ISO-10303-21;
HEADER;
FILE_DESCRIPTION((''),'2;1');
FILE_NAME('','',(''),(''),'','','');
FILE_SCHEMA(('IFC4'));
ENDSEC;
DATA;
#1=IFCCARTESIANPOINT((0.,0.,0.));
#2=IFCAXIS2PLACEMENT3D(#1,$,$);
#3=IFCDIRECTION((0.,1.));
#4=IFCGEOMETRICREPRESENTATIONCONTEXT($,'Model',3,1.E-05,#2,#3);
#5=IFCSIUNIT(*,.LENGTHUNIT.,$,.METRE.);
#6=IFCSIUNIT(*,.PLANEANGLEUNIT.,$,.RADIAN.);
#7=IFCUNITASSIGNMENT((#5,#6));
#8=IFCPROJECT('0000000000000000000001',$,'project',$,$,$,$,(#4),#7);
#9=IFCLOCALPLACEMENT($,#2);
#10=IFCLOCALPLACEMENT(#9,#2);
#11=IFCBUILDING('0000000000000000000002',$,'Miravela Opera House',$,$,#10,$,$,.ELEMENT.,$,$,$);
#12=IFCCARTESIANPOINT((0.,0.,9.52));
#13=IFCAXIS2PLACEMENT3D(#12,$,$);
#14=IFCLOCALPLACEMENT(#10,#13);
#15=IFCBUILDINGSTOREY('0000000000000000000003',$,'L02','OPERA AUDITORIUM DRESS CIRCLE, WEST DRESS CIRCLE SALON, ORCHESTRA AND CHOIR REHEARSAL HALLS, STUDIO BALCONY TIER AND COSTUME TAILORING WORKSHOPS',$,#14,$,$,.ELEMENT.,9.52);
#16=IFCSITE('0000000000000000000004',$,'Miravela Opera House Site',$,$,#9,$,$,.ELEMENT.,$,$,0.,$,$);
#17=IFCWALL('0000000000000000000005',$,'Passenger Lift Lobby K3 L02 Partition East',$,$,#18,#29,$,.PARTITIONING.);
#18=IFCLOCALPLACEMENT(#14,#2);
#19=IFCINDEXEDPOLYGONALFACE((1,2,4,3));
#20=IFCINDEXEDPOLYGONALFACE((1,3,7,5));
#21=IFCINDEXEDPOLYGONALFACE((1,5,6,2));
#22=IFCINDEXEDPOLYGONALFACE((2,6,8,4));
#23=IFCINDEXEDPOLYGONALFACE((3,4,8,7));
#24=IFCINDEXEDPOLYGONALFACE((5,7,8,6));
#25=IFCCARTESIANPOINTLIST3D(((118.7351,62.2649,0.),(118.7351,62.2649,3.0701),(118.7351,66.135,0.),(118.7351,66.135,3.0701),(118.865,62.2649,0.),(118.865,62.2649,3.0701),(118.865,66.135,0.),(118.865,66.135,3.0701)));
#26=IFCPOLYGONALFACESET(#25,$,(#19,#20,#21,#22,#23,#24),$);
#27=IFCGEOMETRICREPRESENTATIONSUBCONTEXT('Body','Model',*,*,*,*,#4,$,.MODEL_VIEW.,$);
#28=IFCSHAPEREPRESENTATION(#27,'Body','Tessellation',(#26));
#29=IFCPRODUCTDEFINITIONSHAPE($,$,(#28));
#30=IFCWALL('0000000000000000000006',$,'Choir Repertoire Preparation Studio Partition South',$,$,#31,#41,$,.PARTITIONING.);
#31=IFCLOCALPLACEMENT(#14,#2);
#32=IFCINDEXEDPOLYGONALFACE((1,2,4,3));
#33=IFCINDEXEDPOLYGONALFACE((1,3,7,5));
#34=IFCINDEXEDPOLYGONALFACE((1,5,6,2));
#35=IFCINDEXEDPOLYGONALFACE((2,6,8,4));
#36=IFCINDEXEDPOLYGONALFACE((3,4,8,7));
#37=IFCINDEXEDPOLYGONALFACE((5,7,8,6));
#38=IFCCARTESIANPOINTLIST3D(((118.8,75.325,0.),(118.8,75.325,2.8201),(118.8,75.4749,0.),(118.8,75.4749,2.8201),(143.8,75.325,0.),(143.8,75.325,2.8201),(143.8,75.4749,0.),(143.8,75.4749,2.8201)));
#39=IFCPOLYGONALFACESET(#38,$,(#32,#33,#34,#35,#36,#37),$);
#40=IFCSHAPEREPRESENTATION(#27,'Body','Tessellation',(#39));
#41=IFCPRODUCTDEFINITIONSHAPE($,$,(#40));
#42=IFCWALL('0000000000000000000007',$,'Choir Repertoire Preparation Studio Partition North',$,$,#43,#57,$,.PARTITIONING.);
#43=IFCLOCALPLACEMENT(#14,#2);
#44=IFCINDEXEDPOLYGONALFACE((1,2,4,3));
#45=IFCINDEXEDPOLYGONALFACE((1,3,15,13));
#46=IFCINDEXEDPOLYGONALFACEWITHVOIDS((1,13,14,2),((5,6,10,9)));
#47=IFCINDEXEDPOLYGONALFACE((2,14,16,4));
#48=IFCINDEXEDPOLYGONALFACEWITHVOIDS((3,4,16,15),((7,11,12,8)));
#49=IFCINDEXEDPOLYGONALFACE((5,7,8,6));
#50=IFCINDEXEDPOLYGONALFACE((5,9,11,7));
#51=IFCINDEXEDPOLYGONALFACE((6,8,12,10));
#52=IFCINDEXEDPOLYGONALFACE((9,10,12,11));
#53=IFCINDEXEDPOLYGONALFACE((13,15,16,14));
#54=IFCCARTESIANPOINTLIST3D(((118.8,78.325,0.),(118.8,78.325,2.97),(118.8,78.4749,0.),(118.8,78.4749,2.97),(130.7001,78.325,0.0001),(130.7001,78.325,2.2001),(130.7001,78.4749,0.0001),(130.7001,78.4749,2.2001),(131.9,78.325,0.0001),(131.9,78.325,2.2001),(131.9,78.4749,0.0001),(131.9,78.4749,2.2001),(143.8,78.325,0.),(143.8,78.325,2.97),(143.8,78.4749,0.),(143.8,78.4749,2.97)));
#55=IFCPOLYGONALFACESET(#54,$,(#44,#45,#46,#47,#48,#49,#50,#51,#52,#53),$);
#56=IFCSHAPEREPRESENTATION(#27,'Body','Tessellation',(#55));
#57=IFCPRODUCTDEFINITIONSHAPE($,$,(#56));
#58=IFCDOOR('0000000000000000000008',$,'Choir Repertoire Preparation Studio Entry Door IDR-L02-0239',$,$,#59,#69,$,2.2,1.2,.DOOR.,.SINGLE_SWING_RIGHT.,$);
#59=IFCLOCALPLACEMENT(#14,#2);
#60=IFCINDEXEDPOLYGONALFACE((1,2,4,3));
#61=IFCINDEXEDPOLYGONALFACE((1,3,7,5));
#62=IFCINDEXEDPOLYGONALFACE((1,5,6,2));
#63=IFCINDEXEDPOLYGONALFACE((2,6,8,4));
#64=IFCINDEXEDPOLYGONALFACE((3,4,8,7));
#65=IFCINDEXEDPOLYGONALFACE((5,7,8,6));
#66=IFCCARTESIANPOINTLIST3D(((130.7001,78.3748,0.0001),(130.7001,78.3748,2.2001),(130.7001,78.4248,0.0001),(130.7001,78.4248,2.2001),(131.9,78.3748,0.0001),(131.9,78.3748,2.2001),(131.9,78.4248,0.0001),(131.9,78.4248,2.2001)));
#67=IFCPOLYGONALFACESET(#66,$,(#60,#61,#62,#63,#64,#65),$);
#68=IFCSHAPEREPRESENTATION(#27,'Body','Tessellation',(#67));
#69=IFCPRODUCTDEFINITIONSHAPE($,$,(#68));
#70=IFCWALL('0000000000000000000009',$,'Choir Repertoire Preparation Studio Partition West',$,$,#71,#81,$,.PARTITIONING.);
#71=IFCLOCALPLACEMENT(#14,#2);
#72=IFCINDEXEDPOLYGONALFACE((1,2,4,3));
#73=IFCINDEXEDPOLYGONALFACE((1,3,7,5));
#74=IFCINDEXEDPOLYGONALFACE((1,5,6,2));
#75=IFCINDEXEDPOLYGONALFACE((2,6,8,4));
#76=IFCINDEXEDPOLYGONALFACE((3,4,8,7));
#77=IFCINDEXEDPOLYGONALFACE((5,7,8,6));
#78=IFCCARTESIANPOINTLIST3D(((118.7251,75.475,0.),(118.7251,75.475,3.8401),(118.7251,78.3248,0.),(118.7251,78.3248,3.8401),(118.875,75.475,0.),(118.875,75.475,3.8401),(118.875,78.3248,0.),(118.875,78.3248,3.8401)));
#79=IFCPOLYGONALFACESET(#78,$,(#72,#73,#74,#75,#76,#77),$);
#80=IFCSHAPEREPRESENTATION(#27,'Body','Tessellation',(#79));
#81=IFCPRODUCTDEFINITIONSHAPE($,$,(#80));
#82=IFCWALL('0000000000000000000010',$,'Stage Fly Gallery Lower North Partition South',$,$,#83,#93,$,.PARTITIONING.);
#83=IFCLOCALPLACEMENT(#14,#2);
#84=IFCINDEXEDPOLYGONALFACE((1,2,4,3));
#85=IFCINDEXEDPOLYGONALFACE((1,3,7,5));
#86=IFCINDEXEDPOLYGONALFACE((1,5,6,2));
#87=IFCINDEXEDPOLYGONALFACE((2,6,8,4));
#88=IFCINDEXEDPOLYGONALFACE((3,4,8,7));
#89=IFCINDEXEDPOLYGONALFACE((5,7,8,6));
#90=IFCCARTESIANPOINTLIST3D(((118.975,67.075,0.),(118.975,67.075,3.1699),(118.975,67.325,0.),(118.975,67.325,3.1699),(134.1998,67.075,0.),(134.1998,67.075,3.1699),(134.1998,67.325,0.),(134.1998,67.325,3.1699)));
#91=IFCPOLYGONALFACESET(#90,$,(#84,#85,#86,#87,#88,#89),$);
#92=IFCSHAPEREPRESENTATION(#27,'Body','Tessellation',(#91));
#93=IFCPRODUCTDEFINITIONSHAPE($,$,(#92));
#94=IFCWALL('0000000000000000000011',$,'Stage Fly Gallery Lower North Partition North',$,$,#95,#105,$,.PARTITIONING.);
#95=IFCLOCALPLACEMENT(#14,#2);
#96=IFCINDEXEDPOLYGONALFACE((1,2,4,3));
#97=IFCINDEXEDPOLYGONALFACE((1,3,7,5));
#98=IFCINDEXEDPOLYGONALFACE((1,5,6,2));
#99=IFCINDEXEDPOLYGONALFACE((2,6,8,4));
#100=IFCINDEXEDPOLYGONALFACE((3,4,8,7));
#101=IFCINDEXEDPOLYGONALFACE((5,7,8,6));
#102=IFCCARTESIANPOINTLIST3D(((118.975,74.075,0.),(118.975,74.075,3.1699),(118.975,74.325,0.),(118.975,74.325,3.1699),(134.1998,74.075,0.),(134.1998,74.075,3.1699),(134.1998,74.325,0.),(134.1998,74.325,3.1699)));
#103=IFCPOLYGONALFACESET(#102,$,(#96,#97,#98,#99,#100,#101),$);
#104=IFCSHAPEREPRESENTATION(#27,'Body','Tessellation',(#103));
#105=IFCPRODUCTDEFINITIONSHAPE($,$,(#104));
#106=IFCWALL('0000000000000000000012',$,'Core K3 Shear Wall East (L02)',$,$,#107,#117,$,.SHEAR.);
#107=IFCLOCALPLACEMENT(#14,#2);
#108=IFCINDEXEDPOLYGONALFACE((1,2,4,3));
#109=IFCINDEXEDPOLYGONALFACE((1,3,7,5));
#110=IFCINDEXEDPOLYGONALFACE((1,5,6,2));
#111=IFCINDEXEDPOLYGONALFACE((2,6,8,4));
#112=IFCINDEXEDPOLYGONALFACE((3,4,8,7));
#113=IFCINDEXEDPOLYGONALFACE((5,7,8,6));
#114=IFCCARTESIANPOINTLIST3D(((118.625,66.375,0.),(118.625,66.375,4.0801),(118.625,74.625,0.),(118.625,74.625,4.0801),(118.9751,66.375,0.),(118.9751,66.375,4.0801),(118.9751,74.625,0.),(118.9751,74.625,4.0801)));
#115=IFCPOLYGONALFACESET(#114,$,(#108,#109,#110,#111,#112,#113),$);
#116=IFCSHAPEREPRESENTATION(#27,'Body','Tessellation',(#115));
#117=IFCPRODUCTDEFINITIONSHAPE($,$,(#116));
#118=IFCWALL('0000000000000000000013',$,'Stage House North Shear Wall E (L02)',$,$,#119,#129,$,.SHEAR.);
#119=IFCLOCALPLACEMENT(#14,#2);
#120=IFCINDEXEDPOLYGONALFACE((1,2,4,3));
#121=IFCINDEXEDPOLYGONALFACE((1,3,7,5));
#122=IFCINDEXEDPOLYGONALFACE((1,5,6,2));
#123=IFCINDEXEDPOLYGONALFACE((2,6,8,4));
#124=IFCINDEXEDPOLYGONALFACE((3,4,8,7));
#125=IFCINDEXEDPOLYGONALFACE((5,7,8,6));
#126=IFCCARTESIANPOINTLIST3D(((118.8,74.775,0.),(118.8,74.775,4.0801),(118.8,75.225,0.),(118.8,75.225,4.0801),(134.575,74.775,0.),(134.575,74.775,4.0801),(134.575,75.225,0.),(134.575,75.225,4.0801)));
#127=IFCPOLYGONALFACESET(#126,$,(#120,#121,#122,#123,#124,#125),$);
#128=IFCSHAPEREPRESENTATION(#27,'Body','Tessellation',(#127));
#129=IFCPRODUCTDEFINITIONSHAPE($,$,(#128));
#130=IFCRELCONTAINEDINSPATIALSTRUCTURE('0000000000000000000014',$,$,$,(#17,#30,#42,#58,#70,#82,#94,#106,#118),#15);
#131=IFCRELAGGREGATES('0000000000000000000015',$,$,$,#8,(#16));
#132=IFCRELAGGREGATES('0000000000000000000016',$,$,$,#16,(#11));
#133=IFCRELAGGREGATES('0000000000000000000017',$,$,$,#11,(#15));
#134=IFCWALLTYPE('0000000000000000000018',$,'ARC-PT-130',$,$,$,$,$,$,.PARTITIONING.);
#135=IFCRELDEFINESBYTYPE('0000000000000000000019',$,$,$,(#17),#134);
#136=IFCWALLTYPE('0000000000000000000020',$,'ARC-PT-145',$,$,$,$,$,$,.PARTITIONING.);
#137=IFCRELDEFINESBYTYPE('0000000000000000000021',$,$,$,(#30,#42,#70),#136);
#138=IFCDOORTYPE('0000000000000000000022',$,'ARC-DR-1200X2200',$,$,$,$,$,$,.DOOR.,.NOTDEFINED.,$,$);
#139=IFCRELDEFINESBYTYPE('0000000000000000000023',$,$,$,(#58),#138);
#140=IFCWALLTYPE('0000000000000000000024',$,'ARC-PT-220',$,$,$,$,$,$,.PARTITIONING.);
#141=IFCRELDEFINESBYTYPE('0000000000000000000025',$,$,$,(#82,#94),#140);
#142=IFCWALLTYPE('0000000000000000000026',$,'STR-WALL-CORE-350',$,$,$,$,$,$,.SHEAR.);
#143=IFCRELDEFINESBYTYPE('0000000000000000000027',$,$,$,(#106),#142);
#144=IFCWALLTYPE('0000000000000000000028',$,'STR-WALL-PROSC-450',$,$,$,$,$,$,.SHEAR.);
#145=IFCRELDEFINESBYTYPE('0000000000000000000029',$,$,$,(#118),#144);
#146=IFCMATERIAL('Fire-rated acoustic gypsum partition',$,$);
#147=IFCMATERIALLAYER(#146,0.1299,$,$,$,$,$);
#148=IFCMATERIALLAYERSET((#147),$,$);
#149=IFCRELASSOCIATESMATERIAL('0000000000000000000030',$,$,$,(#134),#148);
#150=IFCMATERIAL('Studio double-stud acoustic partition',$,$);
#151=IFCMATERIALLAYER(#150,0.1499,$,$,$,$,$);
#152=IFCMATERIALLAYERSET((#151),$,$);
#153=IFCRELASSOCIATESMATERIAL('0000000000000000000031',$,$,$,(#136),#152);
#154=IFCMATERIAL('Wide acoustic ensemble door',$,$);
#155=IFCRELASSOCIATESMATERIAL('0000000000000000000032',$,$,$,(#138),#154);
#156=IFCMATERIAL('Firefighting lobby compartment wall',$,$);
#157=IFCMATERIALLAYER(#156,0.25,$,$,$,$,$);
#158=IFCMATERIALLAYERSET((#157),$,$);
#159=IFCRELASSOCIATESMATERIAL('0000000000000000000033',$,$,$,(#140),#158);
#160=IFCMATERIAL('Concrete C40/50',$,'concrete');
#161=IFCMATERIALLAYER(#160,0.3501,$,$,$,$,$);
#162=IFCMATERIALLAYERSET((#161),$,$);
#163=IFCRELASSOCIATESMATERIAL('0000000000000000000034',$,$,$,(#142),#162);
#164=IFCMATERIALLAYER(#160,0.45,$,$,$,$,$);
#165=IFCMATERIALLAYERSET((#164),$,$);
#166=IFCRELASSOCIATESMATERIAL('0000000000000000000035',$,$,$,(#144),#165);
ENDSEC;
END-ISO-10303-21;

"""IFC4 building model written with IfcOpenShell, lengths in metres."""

from ifc_helpers import new_model, si_unit, direction, frame, frame_2d, origin, place, context, subcontext, project, spatial, rectangle, extrude, material, layer, layer_set, type_object, element, fill, save


model = new_model("IFC4")

# Units and contexts
model_context = context("Model", 3, precision=1e-05, world=origin(), true_north=direction((0.0, 1.0)))
body_context = subcontext(model_context, "Body", "Model", "MODEL_VIEW")
ifc_project = project(units=[si_unit("LENGTHUNIT", "METRE"), si_unit("PLANEANGLEUNIT", "RADIAN")], contexts=[model_context])

# Site, building, storey
site_placement = place(None, origin())
site = spatial("IfcSite", under=ifc_project, at=site_placement, Name="Miravela Opera House Site", CompositionType="ELEMENT", RefElevation=0.0)
building_placement = place(site_placement, origin())
building = spatial("IfcBuilding", under=site, at=building_placement, Name="Miravela Opera House", CompositionType="ELEMENT")
storey_placement = place(building_placement, frame((0.0, 0.0, 9.52)))
storey = spatial("IfcBuildingStorey", under=building, at=storey_placement, Name="L02", Description="OPERA AUDITORIUM DRESS CIRCLE, WEST DRESS CIRCLE SALON, ORCHESTRA AND CHOIR REHEARSAL HALLS, STUDIO BALCONY TIER AND COSTUME TAILORING WORKSHOPS", CompositionType="ELEMENT", Elevation=9.52)

# Shared definitions
ifc_material_1 = material(Name="Concrete C40/50", Category="concrete")

# Walls
ifc_material_2 = material(Name="Fire-rated acoustic gypsum partition")
ifc_layer_1 = layer(ifc_material_2, 0.1299)
ifc_layer_set_1 = layer_set([ifc_layer_1])
wall_type_1 = type_object("IfcWallType", Name="ARC-PT-130", PredefinedType="PARTITIONING", material=ifc_layer_set_1)
wall_1_placement = place(storey_placement, frame((118.8, 62.2649, 0.0), z_axis=(0.0, 0.0, 1.0), x_axis=(0.0, 1.0, 0.0)))
element("IfcWall", 1, at=wall_1_placement, inside=storey, type_object=wall_type_1, Name="Passenger Lift Lobby K3 L02 Partition East", PredefinedType="PARTITIONING", context=body_context, shape_type="SweptSolid", body=[
    extrude(rectangle(XDim=3.8701, YDim=0.1299, at=frame_2d((1.9351, 0.0))), origin(), (0.0, 0.0, 1.0), 3.0701),
])
ifc_material_3 = material(Name="Studio double-stud acoustic partition")
ifc_layer_2 = layer(ifc_material_3, 0.1499)
ifc_layer_set_2 = layer_set([ifc_layer_2])
wall_type_2 = type_object("IfcWallType", Name="ARC-PT-145", PredefinedType="PARTITIONING", material=ifc_layer_set_2)
wall_2_placement = place(storey_placement, frame((118.8, 75.3999, 0.0), z_axis=(0.0, 0.0, 1.0), x_axis=(1.0, 0.0, 0.0)))
element("IfcWall", 2, at=wall_2_placement, inside=storey, type_object=wall_type_2, Name="Choir Repertoire Preparation Studio Partition South", PredefinedType="PARTITIONING", context=body_context, shape_type="SweptSolid", body=[
    extrude(rectangle(XDim=25.0, YDim=0.1499, at=frame_2d((12.5, 0.0))), origin(), (0.0, 0.0, 1.0), 2.8201),
])

# Wall, opening, door
wall_3_placement = place(storey_placement, frame((118.8, 78.3999, 0.0), z_axis=(0.0, 0.0, 1.0), x_axis=(1.0, 0.0, 0.0)))
wall_3 = element("IfcWall", 3, at=wall_3_placement, inside=storey, type_object=wall_type_2, Name="Choir Repertoire Preparation Studio Partition North", PredefinedType="PARTITIONING", context=body_context, shape_type="SweptSolid", body=[
    extrude(rectangle(XDim=25.0, YDim=0.1499, at=frame_2d((12.5, 0.0))), origin(), (0.0, 0.0, 1.0), 2.97),
])
opening_placement = place(wall_3_placement, frame((11.8999, 0.0, 0.0)))
opening = element("IfcOpeningElement", 4, at=opening_placement, cuts=wall_3, PredefinedType="OPENING", context=body_context, shape_type="SweptSolid", body=[
    extrude(rectangle(XDim=1.2, YDim=2.2, at=frame_2d((0.6001, 1.1001))), frame((0.0, 0.085, 0.0), z_axis=(0.0, -1.0, 0.0), x_axis=(1.0, 0.0, 0.0)), (0.0, 0.0, 1.0), 0.1699),
])
ifc_material_4 = material(Name="Wide acoustic ensemble door")
door_type = type_object("IfcDoorType", Name="ARC-DR-1200X2200", OperationType="NOTDEFINED", PredefinedType="DOOR", material=ifc_material_4)
door_placement = place(opening_placement, origin())
door = element("IfcDoor", 5, at=door_placement, inside=storey, type_object=door_type, Name="Choir Repertoire Preparation Studio Entry Door IDR-L02-0239", OperationType="SINGLE_SWING_RIGHT", OverallHeight=2.2, OverallWidth=1.2, PredefinedType="DOOR", context=body_context, shape_type="SweptSolid", body=[
    extrude(rectangle(XDim=1.2, YDim=2.2, at=frame_2d((0.6001, 1.1001))), frame((0.0, 0.0249, 0.0), z_axis=(0.0, -1.0, 0.0), x_axis=(1.0, 0.0, 0.0)), (0.0, 0.0, 1.0), 0.05),
])
fill(opening, door)

# Walls
wall_4_placement = place(storey_placement, frame((118.8, 75.4751, 0.0), z_axis=(0.0, 0.0, 1.0), x_axis=(0.0, 1.0, 0.0)))
element("IfcWall", 6, at=wall_4_placement, inside=storey, type_object=wall_type_2, Name="Choir Repertoire Preparation Studio Partition West", PredefinedType="PARTITIONING", context=body_context, shape_type="SweptSolid", body=[
    extrude(rectangle(XDim=2.8499, YDim=0.1499, at=frame_2d((1.4248, 0.0))), origin(), (0.0, 0.0, 1.0), 3.8401),
])
ifc_material_5 = material(Name="Firefighting lobby compartment wall")
ifc_layer_3 = layer(ifc_material_5, 0.25)
ifc_layer_set_3 = layer_set([ifc_layer_3])
wall_type_3 = type_object("IfcWallType", Name="ARC-PT-220", PredefinedType="PARTITIONING", material=ifc_layer_set_3)
for number, where, z_axis, x_axis, name in (
    (7, (118.9751, 67.2, 0.0), (0.0, 0.0, 1.0), (1.0, 0.0, 0.0), "Stage Fly Gallery Lower North Partition South"),
    (8, (118.9751, 74.2, 0.0), (0.0, 0.0, 1.0), (1.0, 0.0, 0.0), "Stage Fly Gallery Lower North Partition North"),
):
    element("IfcWall", number, at=place(storey_placement, frame(where, z_axis=z_axis, x_axis=x_axis)), inside=storey, type_object=wall_type_3, Name=name, PredefinedType="PARTITIONING", context=body_context, shape_type="SweptSolid", body=[
        extrude(rectangle(XDim=15.2249, YDim=0.25, at=frame_2d((7.6123, 0.0))), origin(), (0.0, 0.0, 1.0), 3.1699),
    ])
ifc_layer_4 = layer(ifc_material_1, 0.3501)
ifc_layer_set_4 = layer_set([ifc_layer_4])
wall_type_4 = type_object("IfcWallType", Name="STR-WALL-CORE-350", PredefinedType="SHEAR", material=ifc_layer_set_4)
wall_5_placement = place(storey_placement, frame((118.8, 66.375, 0.0), z_axis=(0.0, 0.0, 1.0), x_axis=(0.0, 1.0, 0.0)))
element("IfcWall", 9, at=wall_5_placement, inside=storey, type_object=wall_type_4, Name="Core K3 Shear Wall East (L02)", PredefinedType="SHEAR", context=body_context, shape_type="SweptSolid", body=[
    extrude(rectangle(XDim=8.25, YDim=0.3501, at=frame_2d((4.125, 0.0))), origin(), (0.0, 0.0, 1.0), 4.0801),
])
ifc_layer_5 = layer(ifc_material_1, 0.45)
ifc_layer_set_5 = layer_set([ifc_layer_5])
wall_type_5 = type_object("IfcWallType", Name="STR-WALL-PROSC-450", PredefinedType="SHEAR", material=ifc_layer_set_5)
wall_6_placement = place(storey_placement, frame((118.8, 75.0, 0.0), z_axis=(0.0, 0.0, 1.0), x_axis=(1.0, 0.0, 0.0)))
element("IfcWall", 10, at=wall_6_placement, inside=storey, type_object=wall_type_5, Name="Stage House North Shear Wall E (L02)", PredefinedType="SHEAR", context=body_context, shape_type="SweptSolid", body=[
    extrude(rectangle(XDim=15.7749, YDim=0.45, at=frame_2d((7.8875, 0.0))), origin(), (0.0, 0.0, 1.0), 4.0801),
])

save(model, "model.ifc")
